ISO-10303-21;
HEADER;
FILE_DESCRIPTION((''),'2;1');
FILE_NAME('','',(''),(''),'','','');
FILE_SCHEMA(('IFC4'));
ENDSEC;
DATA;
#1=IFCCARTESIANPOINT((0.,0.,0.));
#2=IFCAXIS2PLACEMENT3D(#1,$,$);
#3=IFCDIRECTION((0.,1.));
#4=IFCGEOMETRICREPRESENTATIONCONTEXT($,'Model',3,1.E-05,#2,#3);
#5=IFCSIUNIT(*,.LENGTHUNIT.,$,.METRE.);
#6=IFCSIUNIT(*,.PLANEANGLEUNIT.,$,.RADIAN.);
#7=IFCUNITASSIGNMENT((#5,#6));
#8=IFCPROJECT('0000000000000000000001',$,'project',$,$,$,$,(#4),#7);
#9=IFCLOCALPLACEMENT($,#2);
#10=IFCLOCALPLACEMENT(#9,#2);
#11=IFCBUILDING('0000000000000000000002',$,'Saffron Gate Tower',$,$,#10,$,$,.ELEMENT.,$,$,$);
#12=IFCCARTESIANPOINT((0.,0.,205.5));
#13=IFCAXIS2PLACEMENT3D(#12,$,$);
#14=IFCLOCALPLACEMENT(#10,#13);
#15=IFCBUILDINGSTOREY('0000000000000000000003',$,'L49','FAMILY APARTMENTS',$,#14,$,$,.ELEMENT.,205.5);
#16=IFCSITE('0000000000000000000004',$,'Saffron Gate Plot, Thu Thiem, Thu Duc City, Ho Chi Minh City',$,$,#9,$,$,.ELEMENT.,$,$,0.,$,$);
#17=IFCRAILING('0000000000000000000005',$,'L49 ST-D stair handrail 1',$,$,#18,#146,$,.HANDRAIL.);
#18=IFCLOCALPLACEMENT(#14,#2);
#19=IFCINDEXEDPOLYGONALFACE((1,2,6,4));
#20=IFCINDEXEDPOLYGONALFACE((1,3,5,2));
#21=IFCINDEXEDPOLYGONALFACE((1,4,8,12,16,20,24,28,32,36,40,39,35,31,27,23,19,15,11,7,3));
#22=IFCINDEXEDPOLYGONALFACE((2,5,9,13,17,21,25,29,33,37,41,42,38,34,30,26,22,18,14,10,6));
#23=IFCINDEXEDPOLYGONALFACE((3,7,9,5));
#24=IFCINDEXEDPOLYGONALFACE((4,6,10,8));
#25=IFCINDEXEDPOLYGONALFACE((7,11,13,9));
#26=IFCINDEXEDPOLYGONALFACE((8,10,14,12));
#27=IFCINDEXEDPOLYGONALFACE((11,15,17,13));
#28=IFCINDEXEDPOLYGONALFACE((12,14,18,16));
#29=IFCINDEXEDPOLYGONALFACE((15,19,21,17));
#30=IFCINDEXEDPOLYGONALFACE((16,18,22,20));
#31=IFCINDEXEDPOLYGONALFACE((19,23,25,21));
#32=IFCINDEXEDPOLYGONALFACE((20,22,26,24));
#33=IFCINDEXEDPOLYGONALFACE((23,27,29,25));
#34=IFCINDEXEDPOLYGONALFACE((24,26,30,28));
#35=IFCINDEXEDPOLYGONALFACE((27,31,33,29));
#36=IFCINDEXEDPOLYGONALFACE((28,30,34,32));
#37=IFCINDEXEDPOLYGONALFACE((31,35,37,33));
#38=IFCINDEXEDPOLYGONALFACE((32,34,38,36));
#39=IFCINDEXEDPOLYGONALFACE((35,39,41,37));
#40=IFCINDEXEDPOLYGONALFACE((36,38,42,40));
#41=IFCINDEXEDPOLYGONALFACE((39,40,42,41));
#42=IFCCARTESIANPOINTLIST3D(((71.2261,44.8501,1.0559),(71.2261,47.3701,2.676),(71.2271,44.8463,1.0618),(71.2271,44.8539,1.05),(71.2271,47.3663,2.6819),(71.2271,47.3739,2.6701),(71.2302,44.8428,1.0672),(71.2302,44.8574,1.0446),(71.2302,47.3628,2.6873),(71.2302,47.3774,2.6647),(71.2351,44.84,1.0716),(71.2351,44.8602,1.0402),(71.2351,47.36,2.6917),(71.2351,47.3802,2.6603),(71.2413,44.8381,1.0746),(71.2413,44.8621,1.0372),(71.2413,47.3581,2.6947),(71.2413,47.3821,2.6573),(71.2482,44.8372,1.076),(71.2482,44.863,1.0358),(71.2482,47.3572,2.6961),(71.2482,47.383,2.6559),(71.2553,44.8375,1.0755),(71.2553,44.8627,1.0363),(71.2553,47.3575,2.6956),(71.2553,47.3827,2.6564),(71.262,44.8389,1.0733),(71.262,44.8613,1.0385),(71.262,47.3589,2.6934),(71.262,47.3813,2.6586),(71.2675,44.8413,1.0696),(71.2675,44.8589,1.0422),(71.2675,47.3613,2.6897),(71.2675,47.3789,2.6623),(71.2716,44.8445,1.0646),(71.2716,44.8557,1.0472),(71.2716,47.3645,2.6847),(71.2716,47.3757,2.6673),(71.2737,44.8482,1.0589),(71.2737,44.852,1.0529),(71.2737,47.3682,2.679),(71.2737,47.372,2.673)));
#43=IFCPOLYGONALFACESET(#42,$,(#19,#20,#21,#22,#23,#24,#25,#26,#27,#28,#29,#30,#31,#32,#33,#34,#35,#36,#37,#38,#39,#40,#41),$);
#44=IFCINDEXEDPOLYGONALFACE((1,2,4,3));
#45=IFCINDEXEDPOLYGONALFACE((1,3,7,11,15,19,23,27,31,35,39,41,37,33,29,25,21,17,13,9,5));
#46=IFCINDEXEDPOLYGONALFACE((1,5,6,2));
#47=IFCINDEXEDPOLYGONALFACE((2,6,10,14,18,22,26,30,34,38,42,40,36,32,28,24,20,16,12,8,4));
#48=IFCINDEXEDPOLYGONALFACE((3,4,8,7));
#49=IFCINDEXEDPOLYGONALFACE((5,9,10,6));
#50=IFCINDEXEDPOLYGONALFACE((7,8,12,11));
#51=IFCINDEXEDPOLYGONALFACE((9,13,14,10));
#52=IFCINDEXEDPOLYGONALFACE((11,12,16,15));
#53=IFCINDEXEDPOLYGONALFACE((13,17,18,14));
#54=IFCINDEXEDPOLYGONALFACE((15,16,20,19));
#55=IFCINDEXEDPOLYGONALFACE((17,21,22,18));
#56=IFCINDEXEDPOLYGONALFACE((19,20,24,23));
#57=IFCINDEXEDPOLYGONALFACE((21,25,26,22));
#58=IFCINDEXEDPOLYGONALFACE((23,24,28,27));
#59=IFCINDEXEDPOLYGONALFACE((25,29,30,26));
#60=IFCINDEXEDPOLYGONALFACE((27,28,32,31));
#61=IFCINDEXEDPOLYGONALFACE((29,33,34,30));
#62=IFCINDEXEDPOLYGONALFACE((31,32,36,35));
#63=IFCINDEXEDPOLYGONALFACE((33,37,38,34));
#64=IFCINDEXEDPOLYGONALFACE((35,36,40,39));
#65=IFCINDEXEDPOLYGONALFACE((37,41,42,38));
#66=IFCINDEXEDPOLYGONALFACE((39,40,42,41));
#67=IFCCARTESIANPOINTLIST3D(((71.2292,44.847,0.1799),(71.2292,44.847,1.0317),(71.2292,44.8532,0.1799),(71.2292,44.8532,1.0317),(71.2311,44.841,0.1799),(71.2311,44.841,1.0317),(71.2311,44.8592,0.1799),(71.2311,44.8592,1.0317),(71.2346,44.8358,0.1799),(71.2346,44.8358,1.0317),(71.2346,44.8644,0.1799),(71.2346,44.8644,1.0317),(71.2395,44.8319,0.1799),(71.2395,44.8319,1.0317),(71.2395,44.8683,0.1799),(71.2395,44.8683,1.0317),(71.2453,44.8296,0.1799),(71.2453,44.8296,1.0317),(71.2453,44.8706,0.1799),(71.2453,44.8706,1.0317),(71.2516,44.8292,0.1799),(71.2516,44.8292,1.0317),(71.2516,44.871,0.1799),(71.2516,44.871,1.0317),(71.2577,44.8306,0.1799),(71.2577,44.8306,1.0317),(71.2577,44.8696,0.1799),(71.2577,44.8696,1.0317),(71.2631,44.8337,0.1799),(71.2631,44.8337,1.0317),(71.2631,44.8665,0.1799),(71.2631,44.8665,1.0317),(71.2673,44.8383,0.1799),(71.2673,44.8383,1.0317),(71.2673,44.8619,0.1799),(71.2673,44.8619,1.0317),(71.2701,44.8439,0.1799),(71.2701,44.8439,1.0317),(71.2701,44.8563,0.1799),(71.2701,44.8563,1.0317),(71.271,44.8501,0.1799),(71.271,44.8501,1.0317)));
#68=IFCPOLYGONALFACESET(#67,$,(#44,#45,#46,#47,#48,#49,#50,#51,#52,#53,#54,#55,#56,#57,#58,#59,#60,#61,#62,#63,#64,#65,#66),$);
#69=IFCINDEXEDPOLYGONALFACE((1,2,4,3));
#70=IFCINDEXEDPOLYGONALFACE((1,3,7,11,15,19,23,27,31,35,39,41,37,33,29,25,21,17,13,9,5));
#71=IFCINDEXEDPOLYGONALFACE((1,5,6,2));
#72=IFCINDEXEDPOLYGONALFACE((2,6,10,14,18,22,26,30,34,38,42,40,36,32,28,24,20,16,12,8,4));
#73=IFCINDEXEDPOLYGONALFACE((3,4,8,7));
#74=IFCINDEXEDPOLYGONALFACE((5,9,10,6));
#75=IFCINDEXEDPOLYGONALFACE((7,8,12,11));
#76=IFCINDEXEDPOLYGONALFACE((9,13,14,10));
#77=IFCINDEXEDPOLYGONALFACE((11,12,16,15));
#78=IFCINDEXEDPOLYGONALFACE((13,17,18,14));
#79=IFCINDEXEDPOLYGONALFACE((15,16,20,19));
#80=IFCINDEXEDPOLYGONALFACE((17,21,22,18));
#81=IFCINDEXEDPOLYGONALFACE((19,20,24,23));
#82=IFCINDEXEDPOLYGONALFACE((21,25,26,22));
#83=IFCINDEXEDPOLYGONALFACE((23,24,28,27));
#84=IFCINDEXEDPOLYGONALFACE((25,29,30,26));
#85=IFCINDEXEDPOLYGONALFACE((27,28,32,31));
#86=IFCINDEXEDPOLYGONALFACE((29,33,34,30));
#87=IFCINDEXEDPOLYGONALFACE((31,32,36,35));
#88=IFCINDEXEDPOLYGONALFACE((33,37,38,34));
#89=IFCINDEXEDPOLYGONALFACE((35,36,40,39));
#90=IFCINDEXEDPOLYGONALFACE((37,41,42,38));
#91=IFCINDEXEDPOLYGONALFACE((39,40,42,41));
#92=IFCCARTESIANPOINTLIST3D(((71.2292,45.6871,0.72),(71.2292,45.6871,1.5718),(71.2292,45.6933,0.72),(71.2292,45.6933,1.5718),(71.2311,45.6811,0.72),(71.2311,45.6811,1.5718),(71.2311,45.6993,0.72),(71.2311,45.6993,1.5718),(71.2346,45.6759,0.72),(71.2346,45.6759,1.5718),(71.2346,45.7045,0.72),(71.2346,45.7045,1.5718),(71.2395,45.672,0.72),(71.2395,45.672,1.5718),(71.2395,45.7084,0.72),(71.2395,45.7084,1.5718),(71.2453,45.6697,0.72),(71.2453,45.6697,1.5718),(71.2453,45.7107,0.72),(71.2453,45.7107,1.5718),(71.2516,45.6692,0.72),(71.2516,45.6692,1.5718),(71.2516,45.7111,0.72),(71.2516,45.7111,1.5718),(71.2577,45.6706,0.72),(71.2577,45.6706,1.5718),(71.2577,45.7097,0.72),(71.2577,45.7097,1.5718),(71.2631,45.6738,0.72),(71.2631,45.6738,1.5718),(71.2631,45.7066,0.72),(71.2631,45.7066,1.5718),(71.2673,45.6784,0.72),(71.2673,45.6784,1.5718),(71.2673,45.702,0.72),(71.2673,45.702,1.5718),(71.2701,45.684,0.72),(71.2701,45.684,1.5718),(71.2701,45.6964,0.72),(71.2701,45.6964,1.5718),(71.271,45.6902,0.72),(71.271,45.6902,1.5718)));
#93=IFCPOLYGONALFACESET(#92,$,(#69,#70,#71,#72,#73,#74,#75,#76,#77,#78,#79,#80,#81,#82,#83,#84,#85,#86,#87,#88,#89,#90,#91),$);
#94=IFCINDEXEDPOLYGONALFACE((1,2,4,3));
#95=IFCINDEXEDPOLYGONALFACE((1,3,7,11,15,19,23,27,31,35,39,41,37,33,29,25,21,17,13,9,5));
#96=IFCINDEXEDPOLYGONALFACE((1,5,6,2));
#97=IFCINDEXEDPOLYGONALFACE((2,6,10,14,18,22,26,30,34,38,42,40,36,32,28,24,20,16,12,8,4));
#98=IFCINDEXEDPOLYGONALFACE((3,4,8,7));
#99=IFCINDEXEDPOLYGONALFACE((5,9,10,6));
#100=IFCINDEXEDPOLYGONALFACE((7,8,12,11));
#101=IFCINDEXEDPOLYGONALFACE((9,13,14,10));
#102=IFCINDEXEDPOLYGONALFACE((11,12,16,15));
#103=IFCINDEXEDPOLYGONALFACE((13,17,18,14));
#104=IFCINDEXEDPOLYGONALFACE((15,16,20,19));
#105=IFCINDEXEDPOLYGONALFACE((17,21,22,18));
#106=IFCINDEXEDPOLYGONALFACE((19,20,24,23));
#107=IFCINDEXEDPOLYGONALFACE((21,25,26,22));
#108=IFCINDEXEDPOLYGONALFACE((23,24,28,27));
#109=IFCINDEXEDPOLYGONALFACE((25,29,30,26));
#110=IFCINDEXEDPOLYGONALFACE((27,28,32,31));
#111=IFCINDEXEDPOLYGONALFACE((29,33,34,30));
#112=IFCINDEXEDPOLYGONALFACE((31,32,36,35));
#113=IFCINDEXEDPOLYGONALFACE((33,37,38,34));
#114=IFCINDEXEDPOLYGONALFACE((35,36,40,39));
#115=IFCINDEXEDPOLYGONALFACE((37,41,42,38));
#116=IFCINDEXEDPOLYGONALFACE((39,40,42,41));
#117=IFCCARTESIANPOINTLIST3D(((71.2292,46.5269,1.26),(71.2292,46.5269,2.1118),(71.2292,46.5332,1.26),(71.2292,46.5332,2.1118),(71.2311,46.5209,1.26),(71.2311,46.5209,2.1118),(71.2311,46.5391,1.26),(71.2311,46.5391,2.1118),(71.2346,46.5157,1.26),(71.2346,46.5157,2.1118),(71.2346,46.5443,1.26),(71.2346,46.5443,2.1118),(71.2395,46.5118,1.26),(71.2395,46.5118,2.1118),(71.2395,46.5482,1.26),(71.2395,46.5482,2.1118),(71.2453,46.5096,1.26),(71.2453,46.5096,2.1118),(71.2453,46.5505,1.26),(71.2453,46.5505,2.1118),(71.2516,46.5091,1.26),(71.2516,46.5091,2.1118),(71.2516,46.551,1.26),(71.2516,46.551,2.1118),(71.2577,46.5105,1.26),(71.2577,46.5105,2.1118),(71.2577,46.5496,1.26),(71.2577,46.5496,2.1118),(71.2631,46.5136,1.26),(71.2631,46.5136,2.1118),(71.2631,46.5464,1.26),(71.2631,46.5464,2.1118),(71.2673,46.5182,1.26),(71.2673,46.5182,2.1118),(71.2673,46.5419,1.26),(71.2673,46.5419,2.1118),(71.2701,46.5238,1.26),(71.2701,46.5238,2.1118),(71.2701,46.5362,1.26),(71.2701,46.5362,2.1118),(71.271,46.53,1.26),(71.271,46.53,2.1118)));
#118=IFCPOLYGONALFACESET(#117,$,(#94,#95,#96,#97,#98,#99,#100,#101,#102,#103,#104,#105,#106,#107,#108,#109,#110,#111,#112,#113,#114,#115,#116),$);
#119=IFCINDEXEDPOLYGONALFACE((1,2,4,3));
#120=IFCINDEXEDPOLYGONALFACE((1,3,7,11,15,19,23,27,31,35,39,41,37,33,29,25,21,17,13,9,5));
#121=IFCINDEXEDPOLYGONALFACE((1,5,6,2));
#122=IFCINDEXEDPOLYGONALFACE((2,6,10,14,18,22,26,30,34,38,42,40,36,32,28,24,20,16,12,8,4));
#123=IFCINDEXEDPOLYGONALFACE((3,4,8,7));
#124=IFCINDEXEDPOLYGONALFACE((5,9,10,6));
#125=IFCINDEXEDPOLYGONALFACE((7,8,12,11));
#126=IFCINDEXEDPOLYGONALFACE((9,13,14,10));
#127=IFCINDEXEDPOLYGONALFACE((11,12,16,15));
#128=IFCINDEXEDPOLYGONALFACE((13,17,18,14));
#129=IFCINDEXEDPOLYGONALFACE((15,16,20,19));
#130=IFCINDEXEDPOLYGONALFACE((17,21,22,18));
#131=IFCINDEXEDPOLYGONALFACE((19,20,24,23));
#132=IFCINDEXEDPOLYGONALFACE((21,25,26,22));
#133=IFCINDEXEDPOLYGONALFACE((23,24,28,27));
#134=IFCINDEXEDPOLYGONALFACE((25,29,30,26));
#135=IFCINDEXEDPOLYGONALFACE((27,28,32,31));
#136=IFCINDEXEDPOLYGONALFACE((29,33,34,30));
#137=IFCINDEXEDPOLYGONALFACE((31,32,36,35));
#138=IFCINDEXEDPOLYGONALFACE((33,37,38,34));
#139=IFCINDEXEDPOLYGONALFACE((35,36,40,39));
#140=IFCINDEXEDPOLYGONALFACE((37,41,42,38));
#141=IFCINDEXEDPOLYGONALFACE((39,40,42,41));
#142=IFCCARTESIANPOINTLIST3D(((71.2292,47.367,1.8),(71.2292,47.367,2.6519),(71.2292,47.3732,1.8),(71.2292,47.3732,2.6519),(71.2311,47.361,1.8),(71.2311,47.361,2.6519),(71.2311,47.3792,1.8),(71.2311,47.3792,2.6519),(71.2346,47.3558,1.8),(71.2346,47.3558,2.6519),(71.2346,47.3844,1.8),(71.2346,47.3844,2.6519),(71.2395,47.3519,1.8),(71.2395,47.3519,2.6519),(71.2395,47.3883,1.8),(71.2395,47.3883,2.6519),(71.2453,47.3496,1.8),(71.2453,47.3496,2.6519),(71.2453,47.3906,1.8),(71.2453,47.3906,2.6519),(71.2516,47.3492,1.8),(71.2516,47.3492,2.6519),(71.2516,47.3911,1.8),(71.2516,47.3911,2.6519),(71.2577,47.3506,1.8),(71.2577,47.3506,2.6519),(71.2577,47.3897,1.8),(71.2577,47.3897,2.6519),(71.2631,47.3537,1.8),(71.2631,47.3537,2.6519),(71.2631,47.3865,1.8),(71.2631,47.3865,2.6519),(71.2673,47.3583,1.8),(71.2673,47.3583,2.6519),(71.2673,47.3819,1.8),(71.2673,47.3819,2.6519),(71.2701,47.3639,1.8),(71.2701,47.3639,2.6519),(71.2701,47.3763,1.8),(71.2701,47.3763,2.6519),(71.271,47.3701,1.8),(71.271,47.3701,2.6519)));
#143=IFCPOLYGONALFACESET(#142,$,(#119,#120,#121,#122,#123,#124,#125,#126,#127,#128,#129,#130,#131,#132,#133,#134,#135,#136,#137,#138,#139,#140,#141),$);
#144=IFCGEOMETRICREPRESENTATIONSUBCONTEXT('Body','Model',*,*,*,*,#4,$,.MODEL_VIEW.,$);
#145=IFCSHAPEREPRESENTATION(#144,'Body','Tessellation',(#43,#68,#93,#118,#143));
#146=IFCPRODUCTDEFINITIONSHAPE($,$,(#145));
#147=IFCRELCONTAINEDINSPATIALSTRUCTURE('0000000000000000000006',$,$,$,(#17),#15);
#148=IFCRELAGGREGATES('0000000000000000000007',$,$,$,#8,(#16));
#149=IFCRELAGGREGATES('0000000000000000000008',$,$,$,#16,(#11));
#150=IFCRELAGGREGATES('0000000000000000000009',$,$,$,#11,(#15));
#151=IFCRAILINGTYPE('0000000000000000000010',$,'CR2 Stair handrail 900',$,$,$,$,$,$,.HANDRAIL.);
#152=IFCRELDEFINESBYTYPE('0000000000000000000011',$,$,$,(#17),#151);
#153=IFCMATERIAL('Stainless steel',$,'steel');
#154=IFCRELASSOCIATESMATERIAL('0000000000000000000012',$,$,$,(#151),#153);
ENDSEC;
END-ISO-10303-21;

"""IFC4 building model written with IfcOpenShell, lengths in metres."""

from ifc_helpers import new_model, si_unit, direction, frame, origin, origin_2d, place, context, subcontext, project, spatial, circle, extrude, material, type_object, element, save


model = new_model("IFC4")

# Units and contexts
model_context = context("Model", 3, precision=1e-05, world=origin(), true_north=direction((0.0, 1.0)))
body_context = subcontext(model_context, "Body", "Model", "MODEL_VIEW")
ifc_project = project(units=[si_unit("LENGTHUNIT", "METRE"), si_unit("PLANEANGLEUNIT", "RADIAN")], contexts=[model_context])

# Site, building, storey
site_placement = place(None, origin())
site = spatial("IfcSite", under=ifc_project, at=site_placement, Name="Saffron Gate Plot, Thu Thiem, Thu Duc City, Ho Chi Minh City", CompositionType="ELEMENT", RefElevation=0.0)
building_placement = place(site_placement, origin())
building = spatial("IfcBuilding", under=site, at=building_placement, Name="Saffron Gate Tower", CompositionType="ELEMENT")
storey_placement = place(building_placement, frame((0.0, 0.0, 205.5)))
storey = spatial("IfcBuildingStorey", under=building, at=storey_placement, Name="L49", Description="FAMILY APARTMENTS", CompositionType="ELEMENT", Elevation=205.5)

# Railing
ifc_material_1 = material(Name="Stainless steel", Category="steel")
railing_type_1 = type_object("IfcRailingType", Name="CR2 Stair handrail 900", PredefinedType="HANDRAIL", material=ifc_material_1)
railing_1_placement = place(storey_placement, frame((71.25, 44.8501, 0.1799)))
element("IfcRailing", 1, at=railing_1_placement, inside=storey, type_object=railing_type_1, Name="L49 ST-D stair handrail 1", PredefinedType="HANDRAIL", context=body_context, shape_type="SweptSolid", body=[
    extrude(circle(Radius=0.0239, at=origin_2d()), frame((0.0, 0.0, 0.876), z_axis=(0.0, 0.841163, 0.540782), x_axis=(-1.0, 0.0, 0.0)), (0.0, 0.0, 1.0), 2.9958),
    extrude(circle(Radius=0.021, at=origin_2d()), origin(), (0.0, 0.0, 1.0), 0.8518),
    extrude(circle(Radius=0.021, at=origin_2d()), frame((0.0, 0.8401, 0.54)), (0.0, 0.0, 1.0), 0.8518),
    extrude(circle(Radius=0.021, at=origin_2d()), frame((0.0, 1.6799, 1.0801)), (0.0, 0.0, 1.0), 0.8518),
    extrude(circle(Radius=0.021, at=origin_2d()), frame((0.0, 2.52, 1.6201)), (0.0, 0.0, 1.0), 0.8518),
])

save(model, "model.ifc")
